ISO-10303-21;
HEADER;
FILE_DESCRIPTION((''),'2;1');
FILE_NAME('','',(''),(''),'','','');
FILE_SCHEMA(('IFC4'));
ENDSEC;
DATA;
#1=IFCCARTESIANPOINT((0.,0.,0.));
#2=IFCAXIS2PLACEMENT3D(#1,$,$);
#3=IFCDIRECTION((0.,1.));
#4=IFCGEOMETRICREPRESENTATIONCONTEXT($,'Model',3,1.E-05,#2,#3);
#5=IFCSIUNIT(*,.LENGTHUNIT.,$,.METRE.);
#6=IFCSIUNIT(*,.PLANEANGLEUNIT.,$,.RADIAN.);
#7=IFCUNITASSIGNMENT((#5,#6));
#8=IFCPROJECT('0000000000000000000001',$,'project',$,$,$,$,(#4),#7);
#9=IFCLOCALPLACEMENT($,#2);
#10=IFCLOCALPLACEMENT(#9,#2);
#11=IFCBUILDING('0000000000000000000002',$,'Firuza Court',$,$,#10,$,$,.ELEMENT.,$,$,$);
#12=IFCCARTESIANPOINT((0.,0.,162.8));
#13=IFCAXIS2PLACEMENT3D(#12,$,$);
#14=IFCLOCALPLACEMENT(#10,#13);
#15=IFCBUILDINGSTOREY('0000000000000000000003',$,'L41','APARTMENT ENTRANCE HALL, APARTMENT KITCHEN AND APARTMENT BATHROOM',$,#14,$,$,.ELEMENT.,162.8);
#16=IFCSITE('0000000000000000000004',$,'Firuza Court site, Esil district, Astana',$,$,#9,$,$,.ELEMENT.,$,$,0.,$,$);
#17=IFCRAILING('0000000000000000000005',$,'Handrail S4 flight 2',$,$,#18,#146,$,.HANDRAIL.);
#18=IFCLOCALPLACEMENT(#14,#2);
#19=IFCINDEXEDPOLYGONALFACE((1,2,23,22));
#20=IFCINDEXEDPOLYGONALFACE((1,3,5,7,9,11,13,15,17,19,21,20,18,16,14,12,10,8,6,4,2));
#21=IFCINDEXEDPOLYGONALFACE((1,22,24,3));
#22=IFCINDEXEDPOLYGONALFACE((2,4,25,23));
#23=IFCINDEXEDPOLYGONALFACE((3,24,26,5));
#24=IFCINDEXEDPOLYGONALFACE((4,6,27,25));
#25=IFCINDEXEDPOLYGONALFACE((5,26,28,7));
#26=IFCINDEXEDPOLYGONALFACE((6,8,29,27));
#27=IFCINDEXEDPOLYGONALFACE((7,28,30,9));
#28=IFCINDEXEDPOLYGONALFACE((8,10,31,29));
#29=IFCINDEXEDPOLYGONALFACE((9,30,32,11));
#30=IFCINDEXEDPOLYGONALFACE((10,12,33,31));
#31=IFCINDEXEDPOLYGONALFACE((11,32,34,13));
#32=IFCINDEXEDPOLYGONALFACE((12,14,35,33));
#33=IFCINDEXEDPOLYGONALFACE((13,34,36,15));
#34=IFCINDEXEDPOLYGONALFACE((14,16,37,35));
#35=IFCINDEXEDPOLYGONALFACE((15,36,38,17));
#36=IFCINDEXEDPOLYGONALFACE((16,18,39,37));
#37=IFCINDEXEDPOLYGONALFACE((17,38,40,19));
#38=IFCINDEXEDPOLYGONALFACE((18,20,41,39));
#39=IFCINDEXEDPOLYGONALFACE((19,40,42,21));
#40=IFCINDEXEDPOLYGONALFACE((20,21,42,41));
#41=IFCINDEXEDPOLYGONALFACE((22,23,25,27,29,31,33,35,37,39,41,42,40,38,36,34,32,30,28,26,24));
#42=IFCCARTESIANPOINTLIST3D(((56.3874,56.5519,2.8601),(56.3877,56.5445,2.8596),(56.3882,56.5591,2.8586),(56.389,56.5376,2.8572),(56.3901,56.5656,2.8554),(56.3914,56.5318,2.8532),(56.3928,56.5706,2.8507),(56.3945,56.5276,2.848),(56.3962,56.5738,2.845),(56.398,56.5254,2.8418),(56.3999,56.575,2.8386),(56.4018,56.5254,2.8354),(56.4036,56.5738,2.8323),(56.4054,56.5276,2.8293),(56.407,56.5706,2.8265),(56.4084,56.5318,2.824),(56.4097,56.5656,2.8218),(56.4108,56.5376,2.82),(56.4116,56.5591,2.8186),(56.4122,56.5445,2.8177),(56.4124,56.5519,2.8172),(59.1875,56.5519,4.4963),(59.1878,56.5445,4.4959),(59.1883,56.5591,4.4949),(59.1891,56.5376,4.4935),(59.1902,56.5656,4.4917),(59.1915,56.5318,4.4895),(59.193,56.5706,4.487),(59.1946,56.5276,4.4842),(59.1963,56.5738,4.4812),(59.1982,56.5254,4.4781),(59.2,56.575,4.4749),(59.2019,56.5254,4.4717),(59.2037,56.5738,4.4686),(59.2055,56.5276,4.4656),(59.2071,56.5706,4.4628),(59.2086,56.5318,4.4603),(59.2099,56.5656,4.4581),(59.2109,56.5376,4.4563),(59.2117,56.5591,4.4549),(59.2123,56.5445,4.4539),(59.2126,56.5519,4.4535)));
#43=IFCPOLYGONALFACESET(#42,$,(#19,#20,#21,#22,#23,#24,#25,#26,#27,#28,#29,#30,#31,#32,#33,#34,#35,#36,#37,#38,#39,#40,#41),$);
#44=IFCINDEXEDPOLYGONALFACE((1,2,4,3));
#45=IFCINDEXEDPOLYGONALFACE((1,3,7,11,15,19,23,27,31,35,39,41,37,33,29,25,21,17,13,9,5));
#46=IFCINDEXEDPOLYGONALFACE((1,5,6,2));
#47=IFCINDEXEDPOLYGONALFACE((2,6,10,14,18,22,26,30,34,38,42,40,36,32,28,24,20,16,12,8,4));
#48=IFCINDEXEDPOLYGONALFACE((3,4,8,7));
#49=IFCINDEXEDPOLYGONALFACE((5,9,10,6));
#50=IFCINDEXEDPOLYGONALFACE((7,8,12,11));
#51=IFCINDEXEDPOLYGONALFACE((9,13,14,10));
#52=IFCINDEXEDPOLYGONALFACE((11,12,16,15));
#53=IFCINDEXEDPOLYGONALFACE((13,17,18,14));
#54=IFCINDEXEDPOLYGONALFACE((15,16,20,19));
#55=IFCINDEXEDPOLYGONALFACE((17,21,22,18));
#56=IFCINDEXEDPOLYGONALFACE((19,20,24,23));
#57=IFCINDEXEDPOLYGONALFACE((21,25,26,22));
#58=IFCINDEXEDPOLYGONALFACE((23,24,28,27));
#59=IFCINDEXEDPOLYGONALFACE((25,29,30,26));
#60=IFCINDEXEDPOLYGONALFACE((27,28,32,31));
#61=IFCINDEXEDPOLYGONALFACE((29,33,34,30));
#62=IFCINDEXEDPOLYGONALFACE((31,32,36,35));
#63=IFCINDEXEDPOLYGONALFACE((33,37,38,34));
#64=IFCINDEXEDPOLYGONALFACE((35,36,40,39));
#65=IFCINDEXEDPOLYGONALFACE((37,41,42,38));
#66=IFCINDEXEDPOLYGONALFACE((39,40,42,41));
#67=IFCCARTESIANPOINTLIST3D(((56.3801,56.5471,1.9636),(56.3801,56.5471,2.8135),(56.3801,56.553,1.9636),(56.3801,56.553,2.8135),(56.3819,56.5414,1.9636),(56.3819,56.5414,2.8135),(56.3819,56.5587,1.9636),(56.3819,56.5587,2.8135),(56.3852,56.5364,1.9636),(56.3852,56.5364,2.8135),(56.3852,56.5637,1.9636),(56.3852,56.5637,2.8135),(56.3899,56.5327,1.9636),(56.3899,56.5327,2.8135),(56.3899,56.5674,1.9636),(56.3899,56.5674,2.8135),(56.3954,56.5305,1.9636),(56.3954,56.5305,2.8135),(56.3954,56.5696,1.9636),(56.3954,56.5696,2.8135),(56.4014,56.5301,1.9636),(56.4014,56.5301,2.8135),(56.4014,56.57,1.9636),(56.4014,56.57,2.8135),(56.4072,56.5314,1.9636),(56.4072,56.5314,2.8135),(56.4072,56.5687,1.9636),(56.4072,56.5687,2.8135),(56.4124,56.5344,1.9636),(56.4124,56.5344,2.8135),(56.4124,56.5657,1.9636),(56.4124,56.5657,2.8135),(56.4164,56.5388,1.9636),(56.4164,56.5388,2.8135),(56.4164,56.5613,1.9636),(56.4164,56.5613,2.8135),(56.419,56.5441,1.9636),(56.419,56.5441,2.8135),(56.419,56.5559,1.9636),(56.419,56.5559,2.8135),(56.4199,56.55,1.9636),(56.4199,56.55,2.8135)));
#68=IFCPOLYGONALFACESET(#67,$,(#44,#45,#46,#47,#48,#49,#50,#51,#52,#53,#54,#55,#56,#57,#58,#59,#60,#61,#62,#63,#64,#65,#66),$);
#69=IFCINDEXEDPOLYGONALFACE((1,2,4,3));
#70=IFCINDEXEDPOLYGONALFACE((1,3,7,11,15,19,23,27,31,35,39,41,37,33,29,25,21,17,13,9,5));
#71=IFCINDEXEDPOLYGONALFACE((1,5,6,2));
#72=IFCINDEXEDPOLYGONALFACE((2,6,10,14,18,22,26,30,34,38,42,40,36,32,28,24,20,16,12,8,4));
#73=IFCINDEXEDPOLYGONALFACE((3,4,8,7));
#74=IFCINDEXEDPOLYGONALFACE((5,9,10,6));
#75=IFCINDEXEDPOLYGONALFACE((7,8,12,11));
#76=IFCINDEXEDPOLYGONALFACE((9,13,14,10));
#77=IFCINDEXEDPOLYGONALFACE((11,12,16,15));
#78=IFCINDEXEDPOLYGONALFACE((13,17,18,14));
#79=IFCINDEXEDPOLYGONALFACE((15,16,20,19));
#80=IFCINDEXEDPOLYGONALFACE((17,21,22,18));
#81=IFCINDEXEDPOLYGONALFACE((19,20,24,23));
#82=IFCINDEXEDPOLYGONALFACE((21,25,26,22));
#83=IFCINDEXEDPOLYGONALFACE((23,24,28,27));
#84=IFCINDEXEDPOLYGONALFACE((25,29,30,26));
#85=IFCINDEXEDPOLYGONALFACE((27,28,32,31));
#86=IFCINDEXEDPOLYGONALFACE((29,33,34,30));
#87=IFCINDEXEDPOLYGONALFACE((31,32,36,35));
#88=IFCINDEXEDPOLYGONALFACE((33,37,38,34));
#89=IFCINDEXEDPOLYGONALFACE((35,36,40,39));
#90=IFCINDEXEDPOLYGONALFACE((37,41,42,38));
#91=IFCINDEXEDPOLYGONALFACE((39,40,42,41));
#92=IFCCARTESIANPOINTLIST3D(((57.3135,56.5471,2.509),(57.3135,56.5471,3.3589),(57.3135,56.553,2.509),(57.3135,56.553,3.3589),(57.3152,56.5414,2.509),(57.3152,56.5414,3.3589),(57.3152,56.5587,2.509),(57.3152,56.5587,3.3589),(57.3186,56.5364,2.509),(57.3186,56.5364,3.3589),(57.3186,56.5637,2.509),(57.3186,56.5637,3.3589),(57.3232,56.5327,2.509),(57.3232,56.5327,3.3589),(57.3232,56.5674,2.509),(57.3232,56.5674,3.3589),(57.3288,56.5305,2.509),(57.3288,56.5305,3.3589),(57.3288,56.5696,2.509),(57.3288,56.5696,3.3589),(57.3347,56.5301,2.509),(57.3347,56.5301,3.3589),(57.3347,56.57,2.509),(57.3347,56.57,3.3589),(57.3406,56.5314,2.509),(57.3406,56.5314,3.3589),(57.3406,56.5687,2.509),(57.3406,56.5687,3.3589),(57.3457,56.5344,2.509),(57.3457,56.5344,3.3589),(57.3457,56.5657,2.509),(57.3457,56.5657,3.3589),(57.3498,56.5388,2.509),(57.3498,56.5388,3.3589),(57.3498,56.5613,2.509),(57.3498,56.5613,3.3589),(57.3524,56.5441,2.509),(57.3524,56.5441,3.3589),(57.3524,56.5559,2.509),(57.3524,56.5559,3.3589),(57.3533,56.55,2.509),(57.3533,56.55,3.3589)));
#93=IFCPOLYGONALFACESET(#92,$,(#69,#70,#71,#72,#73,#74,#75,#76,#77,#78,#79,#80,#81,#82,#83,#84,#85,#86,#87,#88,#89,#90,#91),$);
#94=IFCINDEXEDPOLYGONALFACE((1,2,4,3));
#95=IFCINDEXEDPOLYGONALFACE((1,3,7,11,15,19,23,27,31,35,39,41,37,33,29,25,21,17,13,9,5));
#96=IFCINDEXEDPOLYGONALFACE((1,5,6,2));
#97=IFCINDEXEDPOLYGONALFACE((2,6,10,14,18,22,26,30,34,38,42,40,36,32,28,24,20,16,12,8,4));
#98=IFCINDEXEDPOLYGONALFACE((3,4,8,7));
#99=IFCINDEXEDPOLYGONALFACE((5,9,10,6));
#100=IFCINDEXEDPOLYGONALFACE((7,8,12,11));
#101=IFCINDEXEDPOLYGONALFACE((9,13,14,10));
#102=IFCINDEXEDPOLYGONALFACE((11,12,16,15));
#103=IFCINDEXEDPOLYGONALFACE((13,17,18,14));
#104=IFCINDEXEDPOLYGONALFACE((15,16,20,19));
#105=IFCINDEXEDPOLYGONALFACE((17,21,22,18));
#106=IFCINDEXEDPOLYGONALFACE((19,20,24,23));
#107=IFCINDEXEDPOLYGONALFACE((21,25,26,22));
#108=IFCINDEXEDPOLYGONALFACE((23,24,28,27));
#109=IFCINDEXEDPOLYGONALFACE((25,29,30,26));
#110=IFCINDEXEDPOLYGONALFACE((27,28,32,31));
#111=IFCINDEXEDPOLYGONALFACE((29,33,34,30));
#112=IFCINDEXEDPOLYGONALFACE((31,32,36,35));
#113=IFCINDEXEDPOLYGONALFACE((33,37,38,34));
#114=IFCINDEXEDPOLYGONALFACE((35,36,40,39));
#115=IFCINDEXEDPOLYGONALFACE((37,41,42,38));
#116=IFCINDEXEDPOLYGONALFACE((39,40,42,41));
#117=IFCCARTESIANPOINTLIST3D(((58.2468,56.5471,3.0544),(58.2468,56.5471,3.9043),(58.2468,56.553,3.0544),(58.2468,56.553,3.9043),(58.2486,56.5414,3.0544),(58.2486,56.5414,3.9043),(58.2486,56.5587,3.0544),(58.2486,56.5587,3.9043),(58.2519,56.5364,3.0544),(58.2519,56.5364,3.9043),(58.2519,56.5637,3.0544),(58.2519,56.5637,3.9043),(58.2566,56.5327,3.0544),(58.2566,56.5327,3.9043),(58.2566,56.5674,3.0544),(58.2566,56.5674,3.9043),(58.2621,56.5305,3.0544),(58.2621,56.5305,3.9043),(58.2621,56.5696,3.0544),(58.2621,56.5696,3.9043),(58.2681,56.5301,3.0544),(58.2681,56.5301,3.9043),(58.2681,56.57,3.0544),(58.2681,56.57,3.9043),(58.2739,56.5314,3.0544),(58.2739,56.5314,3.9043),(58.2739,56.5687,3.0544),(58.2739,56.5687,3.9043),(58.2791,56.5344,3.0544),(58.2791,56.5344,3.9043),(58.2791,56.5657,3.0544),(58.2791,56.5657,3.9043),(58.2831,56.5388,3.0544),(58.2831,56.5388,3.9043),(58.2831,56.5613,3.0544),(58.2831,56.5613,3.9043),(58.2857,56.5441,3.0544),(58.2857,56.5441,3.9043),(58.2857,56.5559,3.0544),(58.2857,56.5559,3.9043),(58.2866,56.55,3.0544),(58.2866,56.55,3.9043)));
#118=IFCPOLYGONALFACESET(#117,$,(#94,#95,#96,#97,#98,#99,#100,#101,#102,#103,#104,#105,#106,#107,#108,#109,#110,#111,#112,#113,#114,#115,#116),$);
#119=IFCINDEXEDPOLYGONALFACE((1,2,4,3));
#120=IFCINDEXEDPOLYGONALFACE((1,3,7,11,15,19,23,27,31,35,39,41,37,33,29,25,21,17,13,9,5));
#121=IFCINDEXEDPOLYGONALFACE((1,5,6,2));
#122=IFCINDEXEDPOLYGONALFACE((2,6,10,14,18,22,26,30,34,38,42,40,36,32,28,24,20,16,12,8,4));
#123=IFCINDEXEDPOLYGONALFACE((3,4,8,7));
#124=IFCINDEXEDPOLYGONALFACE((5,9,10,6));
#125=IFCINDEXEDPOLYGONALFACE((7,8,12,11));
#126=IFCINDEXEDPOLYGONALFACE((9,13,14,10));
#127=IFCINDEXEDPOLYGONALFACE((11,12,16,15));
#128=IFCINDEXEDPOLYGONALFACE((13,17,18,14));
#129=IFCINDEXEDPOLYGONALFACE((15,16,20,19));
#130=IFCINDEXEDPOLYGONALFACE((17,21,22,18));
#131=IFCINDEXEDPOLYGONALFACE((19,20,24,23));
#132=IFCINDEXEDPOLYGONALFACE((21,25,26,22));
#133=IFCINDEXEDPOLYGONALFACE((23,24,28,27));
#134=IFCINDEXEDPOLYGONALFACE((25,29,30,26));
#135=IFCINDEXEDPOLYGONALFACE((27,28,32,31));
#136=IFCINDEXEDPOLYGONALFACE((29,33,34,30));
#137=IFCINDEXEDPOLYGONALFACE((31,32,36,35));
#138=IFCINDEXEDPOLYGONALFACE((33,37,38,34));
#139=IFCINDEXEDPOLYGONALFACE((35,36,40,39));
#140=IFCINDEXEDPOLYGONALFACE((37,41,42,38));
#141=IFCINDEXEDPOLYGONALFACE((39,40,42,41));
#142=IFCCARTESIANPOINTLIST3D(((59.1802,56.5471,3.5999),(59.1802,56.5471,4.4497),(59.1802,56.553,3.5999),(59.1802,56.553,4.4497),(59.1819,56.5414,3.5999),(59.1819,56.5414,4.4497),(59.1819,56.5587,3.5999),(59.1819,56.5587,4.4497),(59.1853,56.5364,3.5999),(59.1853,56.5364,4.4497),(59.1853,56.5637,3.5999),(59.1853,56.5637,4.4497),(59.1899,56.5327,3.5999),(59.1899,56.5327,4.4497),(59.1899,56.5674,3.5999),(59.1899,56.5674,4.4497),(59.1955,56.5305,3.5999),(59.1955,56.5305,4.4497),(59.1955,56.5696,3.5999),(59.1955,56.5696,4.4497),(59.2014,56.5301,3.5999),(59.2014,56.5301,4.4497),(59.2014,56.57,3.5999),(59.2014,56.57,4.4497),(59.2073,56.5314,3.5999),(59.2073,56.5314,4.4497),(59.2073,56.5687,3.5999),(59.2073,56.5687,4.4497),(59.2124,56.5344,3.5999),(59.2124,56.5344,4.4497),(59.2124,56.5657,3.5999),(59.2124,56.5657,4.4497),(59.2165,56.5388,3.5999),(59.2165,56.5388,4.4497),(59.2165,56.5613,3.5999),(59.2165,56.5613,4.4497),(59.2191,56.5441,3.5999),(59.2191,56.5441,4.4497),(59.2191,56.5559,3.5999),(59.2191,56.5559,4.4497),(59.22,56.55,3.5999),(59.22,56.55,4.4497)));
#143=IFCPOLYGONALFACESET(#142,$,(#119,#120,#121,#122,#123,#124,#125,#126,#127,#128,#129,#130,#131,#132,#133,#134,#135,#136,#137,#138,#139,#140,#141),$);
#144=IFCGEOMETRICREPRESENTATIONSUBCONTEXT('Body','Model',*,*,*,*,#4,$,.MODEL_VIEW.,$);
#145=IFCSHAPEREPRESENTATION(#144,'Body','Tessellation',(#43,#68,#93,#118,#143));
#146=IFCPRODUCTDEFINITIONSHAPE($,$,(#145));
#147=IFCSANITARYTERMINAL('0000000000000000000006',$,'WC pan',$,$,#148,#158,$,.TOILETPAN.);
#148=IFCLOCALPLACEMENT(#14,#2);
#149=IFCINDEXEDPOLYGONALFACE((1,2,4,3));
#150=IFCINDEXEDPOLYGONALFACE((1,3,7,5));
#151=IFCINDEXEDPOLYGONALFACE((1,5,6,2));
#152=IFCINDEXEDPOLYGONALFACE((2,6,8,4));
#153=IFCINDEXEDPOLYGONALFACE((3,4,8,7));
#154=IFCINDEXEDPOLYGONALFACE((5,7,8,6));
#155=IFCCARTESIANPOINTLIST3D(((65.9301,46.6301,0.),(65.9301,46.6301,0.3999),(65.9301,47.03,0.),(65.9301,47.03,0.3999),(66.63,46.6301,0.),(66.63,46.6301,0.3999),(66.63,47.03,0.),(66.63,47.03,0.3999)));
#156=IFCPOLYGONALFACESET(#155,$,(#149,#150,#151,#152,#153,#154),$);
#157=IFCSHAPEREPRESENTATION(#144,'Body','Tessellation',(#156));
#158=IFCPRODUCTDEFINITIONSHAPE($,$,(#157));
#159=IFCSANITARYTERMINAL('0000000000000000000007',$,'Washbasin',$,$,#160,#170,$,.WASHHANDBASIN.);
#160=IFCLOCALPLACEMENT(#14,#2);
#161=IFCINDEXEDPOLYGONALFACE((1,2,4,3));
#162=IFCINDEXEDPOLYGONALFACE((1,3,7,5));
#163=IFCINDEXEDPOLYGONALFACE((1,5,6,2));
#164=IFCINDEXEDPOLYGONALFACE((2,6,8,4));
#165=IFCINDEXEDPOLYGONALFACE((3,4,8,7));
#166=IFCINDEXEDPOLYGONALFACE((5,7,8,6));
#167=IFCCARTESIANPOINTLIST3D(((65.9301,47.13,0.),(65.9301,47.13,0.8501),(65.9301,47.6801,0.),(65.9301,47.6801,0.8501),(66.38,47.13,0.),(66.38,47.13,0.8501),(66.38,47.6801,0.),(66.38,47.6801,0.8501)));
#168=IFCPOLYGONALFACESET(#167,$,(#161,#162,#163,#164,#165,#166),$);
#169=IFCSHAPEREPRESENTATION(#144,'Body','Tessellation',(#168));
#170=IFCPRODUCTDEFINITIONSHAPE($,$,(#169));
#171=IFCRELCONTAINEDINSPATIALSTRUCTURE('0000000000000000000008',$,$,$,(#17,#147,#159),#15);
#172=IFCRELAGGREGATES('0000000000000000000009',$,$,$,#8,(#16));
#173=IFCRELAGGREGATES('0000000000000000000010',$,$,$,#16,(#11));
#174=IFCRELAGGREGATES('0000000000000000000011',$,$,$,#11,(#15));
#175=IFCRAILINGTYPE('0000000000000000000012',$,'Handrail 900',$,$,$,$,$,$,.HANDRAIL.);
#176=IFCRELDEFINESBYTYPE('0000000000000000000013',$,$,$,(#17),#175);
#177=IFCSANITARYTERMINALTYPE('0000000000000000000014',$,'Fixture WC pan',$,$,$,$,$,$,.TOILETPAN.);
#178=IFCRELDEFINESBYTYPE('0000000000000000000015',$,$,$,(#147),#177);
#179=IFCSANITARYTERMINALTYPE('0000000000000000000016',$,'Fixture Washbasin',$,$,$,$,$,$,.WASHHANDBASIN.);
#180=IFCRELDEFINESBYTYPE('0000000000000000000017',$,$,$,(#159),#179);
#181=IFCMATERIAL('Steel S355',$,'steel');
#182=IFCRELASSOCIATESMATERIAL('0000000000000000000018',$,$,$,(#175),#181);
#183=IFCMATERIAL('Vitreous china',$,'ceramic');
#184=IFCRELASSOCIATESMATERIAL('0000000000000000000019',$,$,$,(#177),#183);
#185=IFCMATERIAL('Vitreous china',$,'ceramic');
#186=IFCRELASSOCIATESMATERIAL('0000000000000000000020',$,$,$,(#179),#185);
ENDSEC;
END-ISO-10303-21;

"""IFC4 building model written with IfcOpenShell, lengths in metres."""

from ifc_helpers import new_model, si_unit, direction, frame, origin, origin_2d, place, context, subcontext, project, spatial, rectangle, circle, extrude, material, type_object, element, save


model = new_model("IFC4")

# Units and contexts
model_context = context("Model", 3, precision=1e-05, world=origin(), true_north=direction((0.0, 1.0)))
body_context = subcontext(model_context, "Body", "Model", "MODEL_VIEW")
ifc_project = project(units=[si_unit("LENGTHUNIT", "METRE"), si_unit("PLANEANGLEUNIT", "RADIAN")], contexts=[model_context])

# Site, building, storey
site_placement = place(None, origin())
site = spatial("IfcSite", under=ifc_project, at=site_placement, Name="Firuza Court site, Esil district, Astana", CompositionType="ELEMENT", RefElevation=0.0)
building_placement = place(site_placement, origin())
building = spatial("IfcBuilding", under=site, at=building_placement, Name="Firuza Court", CompositionType="ELEMENT")
storey_placement = place(building_placement, frame((0.0, 0.0, 162.8)))
storey = spatial("IfcBuildingStorey", under=building, at=storey_placement, Name="L41", Description="APARTMENT ENTRANCE HALL, APARTMENT KITCHEN AND APARTMENT BATHROOM", CompositionType="ELEMENT", Elevation=162.8)

# Railing
ifc_material_1 = material(Name="Steel S355", Category="steel")
railing_type_1 = type_object("IfcRailingType", Name="Handrail 900", PredefinedType="HANDRAIL", material=ifc_material_1)
railing_1_placement = place(storey_placement, frame((56.3999, 56.55, 1.9636)))
element("IfcRailing", 1, at=railing_1_placement, inside=storey, type_object=railing_type_1, Name="Handrail S4 flight 2", PredefinedType="HANDRAIL", context=body_context, shape_type="SweptSolid", body=[
    extrude(circle(Radius=0.0249, at=origin_2d()), frame((0.0, 0.0, 0.875), z_axis=(0.863394, 0.0, 0.504531), x_axis=(0.0, 1.0, 0.0)), (0.0, 0.0, 1.0), 3.2432),
    extrude(circle(Radius=0.02, at=origin_2d()), origin(), (0.0, 0.0, 1.0), 0.8499),
    extrude(circle(Radius=0.02, at=origin_2d()), frame((0.9333, 0.0, 0.5454)), (0.0, 0.0, 1.0), 0.8499),
    extrude(circle(Radius=0.02, at=origin_2d()), frame((1.8667, 0.0, 1.0908)), (0.0, 0.0, 1.0), 0.8499),
    extrude(circle(Radius=0.02, at=origin_2d()), frame((2.8, 0.0, 1.6362)), (0.0, 0.0, 1.0), 0.8499),
])

# Sanitary terminals
ifc_material_2 = material(Name="Vitreous china", Category="ceramic")
sanitary_terminal_type_1 = type_object("IfcSanitaryTerminalType", Name="Fixture WC pan", PredefinedType="TOILETPAN", material=ifc_material_2)
sanitary_terminal_1_placement = place(storey_placement, frame((66.28, 46.8301, 0.0), z_axis=(0.0, 0.0, 1.0), x_axis=(1.0, 0.0, 0.0)))
element("IfcSanitaryTerminal", 2, at=sanitary_terminal_1_placement, inside=storey, type_object=sanitary_terminal_type_1, Name="WC pan", PredefinedType="TOILETPAN", context=body_context, shape_type="SweptSolid", body=[
    extrude(rectangle(XDim=0.7, YDim=0.3999, at=origin_2d()), origin(), (0.0, 0.0, 1.0), 0.3999),
])
ifc_material_3 = material(Name="Vitreous china", Category="ceramic")
sanitary_terminal_type_2 = type_object("IfcSanitaryTerminalType", Name="Fixture Washbasin", PredefinedType="WASHHANDBASIN", material=ifc_material_3)
sanitary_terminal_2_placement = place(storey_placement, frame((66.155, 47.405, 0.0), z_axis=(0.0, 0.0, 1.0), x_axis=(1.0, 0.0, 0.0)))
element("IfcSanitaryTerminal", 3, at=sanitary_terminal_2_placement, inside=storey, type_object=sanitary_terminal_type_2, Name="Washbasin", PredefinedType="WASHHANDBASIN", context=body_context, shape_type="SweptSolid", body=[
    extrude(rectangle(XDim=0.45, YDim=0.55, at=origin_2d()), origin(), (0.0, 0.0, 1.0), 0.8501),
])

save(model, "model.ifc")
